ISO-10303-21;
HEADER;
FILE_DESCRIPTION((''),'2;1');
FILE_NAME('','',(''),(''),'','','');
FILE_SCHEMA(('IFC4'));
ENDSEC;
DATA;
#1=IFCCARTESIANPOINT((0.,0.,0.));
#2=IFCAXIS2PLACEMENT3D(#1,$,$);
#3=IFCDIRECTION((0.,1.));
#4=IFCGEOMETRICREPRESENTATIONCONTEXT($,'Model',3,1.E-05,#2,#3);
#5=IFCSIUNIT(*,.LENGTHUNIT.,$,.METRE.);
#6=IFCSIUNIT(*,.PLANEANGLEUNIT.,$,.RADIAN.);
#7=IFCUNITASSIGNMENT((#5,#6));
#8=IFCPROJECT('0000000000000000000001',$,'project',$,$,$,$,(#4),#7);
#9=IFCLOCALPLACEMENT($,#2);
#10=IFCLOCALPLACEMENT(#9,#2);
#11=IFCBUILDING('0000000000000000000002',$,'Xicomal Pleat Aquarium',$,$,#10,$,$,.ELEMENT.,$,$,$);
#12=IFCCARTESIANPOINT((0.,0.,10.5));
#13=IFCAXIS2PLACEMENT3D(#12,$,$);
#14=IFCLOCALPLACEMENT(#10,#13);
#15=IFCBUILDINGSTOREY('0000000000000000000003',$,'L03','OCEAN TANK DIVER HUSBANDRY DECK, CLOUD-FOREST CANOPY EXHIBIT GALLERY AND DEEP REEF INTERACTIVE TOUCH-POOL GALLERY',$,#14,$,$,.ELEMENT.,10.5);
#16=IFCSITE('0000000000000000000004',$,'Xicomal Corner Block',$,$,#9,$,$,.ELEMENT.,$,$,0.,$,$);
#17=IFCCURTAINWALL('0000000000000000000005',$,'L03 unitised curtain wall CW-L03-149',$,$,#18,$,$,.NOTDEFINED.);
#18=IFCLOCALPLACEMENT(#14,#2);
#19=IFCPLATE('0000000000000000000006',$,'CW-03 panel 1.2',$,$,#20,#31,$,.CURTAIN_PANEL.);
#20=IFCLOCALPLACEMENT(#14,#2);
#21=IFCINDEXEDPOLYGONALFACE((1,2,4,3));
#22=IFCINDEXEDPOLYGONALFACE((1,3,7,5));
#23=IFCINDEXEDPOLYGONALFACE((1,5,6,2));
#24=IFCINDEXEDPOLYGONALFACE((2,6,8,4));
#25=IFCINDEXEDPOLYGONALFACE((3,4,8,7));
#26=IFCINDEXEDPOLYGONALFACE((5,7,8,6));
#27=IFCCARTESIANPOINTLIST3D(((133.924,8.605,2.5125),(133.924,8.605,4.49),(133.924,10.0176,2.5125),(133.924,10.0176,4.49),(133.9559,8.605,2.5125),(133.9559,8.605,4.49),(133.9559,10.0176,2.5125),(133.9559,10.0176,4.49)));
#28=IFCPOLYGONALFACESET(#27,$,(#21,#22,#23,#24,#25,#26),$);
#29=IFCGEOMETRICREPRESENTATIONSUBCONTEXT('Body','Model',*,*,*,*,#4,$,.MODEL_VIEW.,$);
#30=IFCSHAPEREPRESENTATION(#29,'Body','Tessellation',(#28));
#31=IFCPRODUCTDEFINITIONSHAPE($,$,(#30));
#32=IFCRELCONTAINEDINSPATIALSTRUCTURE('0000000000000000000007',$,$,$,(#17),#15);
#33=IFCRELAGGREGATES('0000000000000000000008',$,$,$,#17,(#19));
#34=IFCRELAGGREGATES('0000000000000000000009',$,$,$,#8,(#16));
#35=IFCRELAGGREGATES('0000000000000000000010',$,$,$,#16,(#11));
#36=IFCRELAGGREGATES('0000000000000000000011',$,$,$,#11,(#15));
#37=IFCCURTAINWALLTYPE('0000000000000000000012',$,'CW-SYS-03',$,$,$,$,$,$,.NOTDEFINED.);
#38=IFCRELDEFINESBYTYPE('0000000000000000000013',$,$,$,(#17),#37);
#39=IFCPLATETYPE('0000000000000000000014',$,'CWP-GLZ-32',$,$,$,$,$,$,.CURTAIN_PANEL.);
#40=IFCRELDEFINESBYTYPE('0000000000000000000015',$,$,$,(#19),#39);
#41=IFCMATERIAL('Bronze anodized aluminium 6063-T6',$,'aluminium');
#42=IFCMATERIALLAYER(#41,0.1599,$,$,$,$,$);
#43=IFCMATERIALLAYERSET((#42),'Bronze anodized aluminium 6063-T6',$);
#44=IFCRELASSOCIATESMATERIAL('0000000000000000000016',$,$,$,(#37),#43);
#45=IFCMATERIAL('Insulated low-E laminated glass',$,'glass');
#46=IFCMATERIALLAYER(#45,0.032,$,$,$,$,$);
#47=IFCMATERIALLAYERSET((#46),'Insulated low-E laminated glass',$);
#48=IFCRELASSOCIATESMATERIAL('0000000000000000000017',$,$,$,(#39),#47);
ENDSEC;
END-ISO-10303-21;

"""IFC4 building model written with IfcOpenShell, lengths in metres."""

from ifc_helpers import new_model, si_unit, direction, frame, origin, origin_2d, place, context, subcontext, project, spatial, rectangle, extrude, material, layer, layer_set, type_object, element, aggregate, save


model = new_model("IFC4")

# Units and contexts
model_context = context("Model", 3, precision=1e-05, world=origin(), true_north=direction((0.0, 1.0)))
body_context = subcontext(model_context, "Body", "Model", "MODEL_VIEW")
ifc_project = project(units=[si_unit("LENGTHUNIT", "METRE"), si_unit("PLANEANGLEUNIT", "RADIAN")], contexts=[model_context])

# Site, building, storey
site_placement = place(None, origin())
site = spatial("IfcSite", under=ifc_project, at=site_placement, Name="Xicomal Corner Block", CompositionType="ELEMENT", RefElevation=0.0)
building_placement = place(site_placement, origin())
building = spatial("IfcBuilding", under=site, at=building_placement, Name="Xicomal Pleat Aquarium", CompositionType="ELEMENT")
storey_placement = place(building_placement, frame((0.0, 0.0, 10.5)))
storey = spatial("IfcBuildingStorey", under=building, at=storey_placement, Name="L03", Description="OCEAN TANK DIVER HUSBANDRY DECK, CLOUD-FOREST CANOPY EXHIBIT GALLERY AND DEEP REEF INTERACTIVE TOUCH-POOL GALLERY", CompositionType="ELEMENT", Elevation=10.5)

# Curtain wall
ifc_material_1 = material(Name="Bronze anodized aluminium 6063-T6", Category="aluminium")
ifc_layer_1 = layer(ifc_material_1, 0.1599)
ifc_layer_set_1 = layer_set([ifc_layer_1], Name="Bronze anodized aluminium 6063-T6")
curtain_wall_type_1 = type_object("IfcCurtainWallType", Name="CW-SYS-03", PredefinedType="NOTDEFINED", material=ifc_layer_set_1)
curtain_wall_1_placement = place(storey_placement, origin())
curtain_wall_1 = element("IfcCurtainWall", 1, at=curtain_wall_1_placement, inside=storey, type_object=curtain_wall_type_1, Name="L03 unitised curtain wall CW-L03-149", PredefinedType="NOTDEFINED")

# Plate
ifc_material_2 = material(Name="Insulated low-E laminated glass", Category="glass")
ifc_layer_2 = layer(ifc_material_2, 0.032)
ifc_layer_set_2 = layer_set([ifc_layer_2], Name="Insulated low-E laminated glass")
plate_type_1 = type_object("IfcPlateType", Name="CWP-GLZ-32", PredefinedType="CURTAIN_PANEL", material=ifc_layer_set_2)
plate_1_placement = place(storey_placement, frame((133.9399, 9.3113, 2.5125), z_axis=(0.0, 0.0, 1.0), x_axis=(0.0, 1.0, 0.0)))
plate_1 = element("IfcPlate", 2, at=plate_1_placement, type_object=plate_type_1, Name="CW-03 panel 1.2", PredefinedType="CURTAIN_PANEL", context=body_context, shape_type="SweptSolid", body=[
    extrude(rectangle(XDim=1.4126, YDim=0.032, at=origin_2d()), origin(), (0.0, 0.0, 1.0), 1.9775),
])
aggregate(curtain_wall_1, [plate_1])

save(model, "model.ifc")
